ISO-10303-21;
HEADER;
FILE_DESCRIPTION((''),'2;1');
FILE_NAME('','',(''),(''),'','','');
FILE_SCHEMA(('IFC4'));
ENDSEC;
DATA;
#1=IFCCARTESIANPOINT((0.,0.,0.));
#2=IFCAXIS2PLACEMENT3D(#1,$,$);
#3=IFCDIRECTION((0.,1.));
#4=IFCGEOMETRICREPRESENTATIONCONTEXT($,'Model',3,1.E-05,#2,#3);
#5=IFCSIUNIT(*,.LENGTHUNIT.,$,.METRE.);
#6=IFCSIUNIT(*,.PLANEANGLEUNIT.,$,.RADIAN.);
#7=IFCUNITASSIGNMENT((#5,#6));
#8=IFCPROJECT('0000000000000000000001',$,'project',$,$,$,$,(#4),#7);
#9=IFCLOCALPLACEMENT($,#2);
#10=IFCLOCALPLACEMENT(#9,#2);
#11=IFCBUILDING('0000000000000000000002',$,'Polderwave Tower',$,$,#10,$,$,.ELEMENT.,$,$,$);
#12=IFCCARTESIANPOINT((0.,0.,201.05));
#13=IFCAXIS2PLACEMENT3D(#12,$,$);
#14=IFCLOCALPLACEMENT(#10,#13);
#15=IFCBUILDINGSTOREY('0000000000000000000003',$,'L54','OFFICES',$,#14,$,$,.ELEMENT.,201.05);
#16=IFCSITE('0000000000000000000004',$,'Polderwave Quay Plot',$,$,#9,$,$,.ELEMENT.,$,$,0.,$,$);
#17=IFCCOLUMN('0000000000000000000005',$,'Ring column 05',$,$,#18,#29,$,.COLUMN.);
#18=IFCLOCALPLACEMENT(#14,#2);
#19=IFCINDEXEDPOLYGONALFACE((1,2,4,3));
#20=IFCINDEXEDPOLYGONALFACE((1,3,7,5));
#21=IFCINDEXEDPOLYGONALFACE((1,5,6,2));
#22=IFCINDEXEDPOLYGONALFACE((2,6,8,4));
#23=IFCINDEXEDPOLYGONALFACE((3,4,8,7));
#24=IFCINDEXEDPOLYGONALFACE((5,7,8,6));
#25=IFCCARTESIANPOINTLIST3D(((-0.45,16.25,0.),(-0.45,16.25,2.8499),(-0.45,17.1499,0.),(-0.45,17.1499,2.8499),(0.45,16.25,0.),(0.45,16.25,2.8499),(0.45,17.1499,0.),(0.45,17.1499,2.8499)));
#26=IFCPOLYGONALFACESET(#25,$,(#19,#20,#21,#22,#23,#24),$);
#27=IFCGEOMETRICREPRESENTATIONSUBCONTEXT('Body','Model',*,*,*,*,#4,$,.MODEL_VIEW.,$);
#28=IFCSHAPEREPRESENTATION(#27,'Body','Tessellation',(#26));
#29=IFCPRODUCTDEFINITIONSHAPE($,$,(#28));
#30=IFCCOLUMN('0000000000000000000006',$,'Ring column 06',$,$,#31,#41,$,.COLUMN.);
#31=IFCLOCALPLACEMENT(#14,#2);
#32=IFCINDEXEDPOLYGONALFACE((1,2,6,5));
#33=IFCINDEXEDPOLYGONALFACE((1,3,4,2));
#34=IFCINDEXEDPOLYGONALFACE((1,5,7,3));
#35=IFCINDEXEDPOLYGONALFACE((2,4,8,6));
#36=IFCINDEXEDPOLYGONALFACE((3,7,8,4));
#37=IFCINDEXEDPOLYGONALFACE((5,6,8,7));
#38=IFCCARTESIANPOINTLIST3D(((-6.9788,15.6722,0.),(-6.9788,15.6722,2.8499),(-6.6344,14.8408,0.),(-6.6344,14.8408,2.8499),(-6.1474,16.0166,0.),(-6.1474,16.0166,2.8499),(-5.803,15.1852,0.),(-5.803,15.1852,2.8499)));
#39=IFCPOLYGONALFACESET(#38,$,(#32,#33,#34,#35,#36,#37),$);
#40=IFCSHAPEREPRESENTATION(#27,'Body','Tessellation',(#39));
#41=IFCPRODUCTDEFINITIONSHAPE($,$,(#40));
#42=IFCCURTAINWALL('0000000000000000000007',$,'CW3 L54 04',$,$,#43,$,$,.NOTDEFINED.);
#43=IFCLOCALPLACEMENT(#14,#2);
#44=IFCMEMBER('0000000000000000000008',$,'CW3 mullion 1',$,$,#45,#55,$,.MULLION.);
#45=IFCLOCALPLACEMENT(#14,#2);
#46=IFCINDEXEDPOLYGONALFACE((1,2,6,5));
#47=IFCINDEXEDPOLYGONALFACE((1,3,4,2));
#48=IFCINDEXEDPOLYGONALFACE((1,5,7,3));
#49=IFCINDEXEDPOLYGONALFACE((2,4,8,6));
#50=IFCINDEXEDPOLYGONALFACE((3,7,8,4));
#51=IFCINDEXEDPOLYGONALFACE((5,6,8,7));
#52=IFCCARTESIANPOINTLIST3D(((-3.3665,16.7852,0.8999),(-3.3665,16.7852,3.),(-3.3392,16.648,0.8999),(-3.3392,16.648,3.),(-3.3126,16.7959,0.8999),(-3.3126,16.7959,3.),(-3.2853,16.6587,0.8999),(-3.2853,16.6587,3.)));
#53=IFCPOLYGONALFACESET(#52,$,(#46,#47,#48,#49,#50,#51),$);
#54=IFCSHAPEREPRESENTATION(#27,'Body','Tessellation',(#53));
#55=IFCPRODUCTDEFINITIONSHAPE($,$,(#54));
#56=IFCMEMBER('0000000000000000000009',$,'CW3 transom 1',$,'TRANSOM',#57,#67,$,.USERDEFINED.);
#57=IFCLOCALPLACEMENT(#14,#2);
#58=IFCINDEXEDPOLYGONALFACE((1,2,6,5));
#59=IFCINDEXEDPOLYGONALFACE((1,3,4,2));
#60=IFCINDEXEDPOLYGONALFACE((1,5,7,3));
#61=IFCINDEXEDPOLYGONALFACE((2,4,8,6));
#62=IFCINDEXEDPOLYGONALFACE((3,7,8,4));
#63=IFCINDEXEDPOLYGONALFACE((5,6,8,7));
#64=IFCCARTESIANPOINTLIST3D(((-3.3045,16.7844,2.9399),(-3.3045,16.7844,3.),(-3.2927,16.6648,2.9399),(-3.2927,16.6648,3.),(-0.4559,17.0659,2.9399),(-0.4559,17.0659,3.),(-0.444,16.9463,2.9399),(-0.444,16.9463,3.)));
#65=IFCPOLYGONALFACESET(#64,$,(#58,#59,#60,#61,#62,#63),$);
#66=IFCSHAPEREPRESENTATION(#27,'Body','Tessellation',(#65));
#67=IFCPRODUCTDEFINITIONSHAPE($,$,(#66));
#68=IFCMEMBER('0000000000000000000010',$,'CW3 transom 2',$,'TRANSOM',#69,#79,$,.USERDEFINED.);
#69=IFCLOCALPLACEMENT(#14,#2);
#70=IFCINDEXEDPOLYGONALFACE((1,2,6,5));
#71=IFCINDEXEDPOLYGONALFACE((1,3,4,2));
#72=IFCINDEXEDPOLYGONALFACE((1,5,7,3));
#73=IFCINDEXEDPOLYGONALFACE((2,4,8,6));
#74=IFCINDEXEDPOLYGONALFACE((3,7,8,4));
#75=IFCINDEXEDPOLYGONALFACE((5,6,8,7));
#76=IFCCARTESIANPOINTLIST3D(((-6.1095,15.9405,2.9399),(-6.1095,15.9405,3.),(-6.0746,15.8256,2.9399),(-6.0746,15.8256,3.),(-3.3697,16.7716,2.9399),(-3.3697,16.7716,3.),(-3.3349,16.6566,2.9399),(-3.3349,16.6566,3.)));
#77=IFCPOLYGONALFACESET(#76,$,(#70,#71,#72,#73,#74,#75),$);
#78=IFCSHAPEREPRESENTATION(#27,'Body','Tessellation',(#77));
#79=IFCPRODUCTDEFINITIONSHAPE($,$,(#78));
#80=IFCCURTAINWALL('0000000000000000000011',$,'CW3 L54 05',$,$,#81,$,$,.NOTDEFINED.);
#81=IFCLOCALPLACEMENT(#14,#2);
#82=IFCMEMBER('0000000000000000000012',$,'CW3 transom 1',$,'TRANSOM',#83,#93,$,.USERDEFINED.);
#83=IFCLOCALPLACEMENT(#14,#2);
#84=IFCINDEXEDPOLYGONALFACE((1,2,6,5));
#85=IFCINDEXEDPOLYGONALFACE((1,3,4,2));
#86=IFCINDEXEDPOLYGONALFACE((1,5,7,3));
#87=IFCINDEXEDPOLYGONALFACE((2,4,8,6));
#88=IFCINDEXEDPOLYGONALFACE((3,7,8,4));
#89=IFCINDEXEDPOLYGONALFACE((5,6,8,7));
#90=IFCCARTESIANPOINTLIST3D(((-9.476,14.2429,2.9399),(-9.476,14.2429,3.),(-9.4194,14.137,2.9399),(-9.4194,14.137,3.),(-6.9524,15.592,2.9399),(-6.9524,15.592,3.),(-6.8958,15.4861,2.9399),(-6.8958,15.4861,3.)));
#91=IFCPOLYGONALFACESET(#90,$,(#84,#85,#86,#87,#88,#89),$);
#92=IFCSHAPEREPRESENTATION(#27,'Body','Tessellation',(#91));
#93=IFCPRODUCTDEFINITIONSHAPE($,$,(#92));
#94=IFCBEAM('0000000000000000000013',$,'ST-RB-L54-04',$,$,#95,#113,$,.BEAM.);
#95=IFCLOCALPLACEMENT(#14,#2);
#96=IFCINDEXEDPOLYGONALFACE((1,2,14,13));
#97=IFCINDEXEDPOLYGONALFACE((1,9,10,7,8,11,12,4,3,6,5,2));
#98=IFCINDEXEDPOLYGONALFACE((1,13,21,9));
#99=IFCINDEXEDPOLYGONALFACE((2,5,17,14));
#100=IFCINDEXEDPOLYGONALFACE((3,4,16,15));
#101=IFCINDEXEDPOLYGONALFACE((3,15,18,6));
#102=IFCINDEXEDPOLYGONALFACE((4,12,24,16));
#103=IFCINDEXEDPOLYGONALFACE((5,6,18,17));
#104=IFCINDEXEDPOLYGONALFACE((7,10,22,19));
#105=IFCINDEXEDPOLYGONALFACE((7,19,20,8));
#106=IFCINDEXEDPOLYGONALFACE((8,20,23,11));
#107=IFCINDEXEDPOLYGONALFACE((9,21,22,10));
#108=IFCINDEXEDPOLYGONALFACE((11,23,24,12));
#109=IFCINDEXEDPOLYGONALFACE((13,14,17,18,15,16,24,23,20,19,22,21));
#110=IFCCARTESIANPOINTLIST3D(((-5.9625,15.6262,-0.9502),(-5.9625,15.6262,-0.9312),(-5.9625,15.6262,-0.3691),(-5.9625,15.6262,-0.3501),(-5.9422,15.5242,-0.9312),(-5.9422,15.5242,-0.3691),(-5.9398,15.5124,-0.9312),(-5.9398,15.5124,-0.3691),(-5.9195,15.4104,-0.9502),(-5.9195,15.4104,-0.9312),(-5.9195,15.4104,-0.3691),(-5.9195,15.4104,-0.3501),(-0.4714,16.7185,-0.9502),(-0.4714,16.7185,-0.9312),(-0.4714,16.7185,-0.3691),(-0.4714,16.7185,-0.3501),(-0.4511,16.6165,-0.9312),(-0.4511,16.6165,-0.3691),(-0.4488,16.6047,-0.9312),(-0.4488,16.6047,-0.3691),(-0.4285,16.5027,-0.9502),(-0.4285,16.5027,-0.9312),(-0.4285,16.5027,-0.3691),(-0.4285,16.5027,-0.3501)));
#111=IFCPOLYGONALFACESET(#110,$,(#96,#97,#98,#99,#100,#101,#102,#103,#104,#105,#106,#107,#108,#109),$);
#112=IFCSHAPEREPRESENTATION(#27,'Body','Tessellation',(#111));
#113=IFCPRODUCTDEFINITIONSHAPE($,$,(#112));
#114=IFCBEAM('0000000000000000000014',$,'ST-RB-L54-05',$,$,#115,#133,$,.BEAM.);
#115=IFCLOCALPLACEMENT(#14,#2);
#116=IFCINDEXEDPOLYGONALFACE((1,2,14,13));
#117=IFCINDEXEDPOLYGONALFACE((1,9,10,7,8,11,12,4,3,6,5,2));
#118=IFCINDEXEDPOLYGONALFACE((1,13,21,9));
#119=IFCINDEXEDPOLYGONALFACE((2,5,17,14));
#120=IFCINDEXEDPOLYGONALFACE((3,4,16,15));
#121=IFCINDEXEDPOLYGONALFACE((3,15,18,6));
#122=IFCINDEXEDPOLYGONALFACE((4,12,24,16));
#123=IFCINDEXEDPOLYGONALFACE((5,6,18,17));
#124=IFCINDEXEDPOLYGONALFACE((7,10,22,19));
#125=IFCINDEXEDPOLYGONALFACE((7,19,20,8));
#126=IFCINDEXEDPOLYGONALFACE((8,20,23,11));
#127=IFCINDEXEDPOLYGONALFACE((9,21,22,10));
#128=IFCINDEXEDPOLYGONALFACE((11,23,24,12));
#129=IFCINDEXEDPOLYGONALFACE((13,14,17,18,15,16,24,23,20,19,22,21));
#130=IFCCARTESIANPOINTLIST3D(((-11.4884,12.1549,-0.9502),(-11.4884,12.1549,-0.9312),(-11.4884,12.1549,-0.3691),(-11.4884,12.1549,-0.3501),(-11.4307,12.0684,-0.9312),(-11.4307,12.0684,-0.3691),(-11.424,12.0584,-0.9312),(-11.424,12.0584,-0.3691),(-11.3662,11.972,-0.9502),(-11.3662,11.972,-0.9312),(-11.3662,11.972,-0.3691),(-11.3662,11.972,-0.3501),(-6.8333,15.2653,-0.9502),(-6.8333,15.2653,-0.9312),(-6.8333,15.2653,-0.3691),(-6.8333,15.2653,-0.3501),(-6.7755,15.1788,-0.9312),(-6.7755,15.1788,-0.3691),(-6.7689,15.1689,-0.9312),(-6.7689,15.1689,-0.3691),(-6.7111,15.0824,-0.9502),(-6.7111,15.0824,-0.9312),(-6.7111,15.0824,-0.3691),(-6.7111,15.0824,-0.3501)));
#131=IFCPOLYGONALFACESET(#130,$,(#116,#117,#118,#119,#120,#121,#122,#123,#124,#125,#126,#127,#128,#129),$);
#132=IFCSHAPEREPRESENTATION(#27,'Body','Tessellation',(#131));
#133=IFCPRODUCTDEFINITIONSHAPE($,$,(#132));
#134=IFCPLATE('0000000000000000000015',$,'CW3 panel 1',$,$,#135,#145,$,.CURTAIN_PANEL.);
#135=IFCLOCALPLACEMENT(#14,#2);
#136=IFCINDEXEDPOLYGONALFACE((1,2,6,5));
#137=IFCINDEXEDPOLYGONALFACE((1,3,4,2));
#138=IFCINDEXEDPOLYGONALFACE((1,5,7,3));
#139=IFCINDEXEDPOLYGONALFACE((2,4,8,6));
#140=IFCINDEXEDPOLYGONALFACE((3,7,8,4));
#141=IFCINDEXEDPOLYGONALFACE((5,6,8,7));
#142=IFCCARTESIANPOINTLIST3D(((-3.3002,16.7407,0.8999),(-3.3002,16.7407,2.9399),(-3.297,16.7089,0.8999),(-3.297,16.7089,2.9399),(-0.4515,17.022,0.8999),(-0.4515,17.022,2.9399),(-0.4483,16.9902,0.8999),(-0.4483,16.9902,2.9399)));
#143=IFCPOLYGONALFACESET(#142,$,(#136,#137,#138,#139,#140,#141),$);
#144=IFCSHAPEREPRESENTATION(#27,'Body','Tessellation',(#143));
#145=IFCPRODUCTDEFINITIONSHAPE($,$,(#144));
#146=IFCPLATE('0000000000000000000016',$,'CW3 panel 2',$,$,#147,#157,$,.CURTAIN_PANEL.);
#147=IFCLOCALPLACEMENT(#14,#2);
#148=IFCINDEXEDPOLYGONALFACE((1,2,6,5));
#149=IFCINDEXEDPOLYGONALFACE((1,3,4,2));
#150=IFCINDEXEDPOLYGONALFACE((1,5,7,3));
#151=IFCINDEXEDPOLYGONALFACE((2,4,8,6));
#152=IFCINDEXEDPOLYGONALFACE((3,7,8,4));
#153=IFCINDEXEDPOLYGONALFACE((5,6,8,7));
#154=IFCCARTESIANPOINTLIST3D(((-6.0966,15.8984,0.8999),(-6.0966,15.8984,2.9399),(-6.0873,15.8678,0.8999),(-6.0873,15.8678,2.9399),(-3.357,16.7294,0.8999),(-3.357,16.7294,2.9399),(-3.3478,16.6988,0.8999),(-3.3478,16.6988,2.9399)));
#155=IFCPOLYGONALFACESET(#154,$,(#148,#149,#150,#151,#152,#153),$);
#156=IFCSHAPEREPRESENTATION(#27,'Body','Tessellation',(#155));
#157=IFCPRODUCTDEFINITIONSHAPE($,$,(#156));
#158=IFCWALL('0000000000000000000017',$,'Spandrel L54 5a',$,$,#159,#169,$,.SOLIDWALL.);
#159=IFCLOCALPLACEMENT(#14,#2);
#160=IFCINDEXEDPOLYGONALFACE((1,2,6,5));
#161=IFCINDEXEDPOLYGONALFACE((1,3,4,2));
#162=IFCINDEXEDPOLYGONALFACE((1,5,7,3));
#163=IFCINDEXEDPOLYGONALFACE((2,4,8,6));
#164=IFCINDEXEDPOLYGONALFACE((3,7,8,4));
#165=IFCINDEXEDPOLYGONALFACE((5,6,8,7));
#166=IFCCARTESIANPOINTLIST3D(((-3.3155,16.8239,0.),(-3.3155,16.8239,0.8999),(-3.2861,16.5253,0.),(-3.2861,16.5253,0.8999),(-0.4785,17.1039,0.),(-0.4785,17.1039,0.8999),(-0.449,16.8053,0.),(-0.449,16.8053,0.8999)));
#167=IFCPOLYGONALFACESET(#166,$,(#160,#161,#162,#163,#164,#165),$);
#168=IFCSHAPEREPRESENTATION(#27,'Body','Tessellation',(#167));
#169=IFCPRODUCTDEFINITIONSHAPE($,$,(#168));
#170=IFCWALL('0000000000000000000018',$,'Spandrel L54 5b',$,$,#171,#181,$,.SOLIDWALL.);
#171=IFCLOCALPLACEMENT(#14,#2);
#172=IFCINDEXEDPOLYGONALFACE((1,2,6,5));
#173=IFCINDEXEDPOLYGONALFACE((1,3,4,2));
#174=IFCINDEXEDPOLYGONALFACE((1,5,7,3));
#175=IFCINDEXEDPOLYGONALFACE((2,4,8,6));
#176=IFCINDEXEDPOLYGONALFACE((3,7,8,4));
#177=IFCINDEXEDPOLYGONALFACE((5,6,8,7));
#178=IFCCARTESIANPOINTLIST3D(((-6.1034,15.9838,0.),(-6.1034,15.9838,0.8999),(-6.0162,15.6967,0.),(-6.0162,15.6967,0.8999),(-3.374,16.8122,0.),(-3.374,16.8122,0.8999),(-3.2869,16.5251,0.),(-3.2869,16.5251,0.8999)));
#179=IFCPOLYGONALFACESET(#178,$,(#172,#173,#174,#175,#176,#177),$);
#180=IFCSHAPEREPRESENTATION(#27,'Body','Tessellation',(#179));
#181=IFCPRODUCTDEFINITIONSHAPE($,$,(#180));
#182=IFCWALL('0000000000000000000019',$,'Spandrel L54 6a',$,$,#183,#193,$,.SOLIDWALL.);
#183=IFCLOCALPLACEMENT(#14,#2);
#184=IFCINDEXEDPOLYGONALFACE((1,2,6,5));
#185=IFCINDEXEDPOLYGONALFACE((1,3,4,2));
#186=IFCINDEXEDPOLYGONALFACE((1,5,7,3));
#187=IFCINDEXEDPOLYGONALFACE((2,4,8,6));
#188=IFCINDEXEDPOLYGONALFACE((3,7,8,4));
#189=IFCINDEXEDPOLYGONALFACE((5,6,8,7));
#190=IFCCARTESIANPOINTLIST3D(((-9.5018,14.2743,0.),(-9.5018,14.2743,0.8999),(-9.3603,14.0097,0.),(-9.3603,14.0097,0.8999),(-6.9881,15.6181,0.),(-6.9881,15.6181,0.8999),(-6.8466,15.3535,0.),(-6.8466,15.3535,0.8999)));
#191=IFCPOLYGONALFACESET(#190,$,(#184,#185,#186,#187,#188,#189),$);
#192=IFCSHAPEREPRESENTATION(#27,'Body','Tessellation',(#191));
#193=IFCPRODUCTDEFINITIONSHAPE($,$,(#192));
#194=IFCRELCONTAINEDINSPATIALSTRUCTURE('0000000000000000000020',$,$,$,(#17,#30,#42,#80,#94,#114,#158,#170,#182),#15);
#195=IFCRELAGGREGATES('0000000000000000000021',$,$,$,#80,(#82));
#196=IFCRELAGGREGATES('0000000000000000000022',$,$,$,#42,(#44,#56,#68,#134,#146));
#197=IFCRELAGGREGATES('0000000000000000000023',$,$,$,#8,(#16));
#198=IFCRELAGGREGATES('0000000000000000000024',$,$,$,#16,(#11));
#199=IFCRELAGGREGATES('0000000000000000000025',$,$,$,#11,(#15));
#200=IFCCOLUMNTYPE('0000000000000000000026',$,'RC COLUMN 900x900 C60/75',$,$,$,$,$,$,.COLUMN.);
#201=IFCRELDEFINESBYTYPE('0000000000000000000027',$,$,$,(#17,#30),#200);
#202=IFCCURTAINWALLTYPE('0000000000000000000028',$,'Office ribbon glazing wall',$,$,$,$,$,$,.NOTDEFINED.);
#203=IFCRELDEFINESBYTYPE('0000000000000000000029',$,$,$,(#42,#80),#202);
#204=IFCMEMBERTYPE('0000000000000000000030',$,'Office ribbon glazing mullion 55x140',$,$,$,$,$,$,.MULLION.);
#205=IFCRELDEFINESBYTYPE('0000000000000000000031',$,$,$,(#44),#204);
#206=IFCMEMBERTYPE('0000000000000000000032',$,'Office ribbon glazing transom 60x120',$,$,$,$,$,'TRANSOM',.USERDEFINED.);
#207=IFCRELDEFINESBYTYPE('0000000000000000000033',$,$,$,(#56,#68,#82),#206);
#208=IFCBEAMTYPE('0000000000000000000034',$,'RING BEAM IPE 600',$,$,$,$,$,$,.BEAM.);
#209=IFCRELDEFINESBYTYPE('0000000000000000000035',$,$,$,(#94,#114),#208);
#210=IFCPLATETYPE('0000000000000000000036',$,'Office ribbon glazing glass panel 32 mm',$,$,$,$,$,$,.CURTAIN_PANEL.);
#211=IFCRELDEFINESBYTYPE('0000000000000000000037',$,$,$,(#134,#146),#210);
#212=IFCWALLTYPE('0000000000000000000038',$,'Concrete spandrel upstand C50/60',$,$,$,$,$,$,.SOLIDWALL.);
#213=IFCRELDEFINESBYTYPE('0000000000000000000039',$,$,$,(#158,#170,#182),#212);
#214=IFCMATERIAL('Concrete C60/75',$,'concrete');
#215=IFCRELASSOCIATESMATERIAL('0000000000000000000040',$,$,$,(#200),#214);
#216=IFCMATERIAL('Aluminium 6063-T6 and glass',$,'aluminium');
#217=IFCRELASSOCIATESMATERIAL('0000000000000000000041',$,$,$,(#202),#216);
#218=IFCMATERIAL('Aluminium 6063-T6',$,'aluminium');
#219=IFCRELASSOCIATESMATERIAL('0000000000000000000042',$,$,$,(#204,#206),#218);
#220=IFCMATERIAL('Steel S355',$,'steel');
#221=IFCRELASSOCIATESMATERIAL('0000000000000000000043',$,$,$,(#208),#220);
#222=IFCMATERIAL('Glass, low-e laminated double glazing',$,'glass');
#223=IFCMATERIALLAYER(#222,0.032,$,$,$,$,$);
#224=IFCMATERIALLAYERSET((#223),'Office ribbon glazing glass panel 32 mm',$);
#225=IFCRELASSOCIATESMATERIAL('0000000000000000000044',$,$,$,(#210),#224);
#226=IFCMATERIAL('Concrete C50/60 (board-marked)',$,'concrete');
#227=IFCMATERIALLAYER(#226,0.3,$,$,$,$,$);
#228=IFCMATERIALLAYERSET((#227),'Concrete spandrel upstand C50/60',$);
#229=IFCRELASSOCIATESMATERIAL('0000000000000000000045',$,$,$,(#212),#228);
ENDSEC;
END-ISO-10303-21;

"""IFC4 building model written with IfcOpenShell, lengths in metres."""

from ifc_helpers import new_model, si_unit, direction, frame, frame_2d, origin, origin_2d, place, context, subcontext, project, spatial, rectangle, i_section, extrude, material, layer, layer_set, material_profile, profile_set, type_object, element, aggregate, save


model = new_model("IFC4")

# Units and contexts
model_context = context("Model", 3, precision=1e-05, world=origin(), true_north=direction((0.0, 1.0)))
body_context = subcontext(model_context, "Body", "Model", "MODEL_VIEW")
ifc_project = project(units=[si_unit("LENGTHUNIT", "METRE"), si_unit("PLANEANGLEUNIT", "RADIAN")], contexts=[model_context])

# Site, building, storey
site_placement = place(None, origin())
site = spatial("IfcSite", under=ifc_project, at=site_placement, Name="Polderwave Quay Plot", CompositionType="ELEMENT", RefElevation=0.0)
building_placement = place(site_placement, origin())
building = spatial("IfcBuilding", under=site, at=building_placement, Name="Polderwave Tower", CompositionType="ELEMENT")
storey_placement = place(building_placement, frame((0.0, 0.0, 201.05)))
storey = spatial("IfcBuildingStorey", under=building, at=storey_placement, Name="L54", Description="OFFICES", CompositionType="ELEMENT", Elevation=201.05)

# Columns
ifc_material_1 = material(Name="Concrete C60/75", Category="concrete")
ifc_material_profile_1 = material_profile(ifc_material_1, rectangle(XDim=0.8999, YDim=0.8999, at=origin_2d()), Name="RC 900x900")
ifc_profile_set_1 = profile_set([ifc_material_profile_1], Name="Concrete C60/75")
column_type = type_object("IfcColumnType", Name="RC COLUMN 900x900 C60/75", PredefinedType="COLUMN", material=ifc_profile_set_1)
for number, where, z_axis, x_axis, name in (
    (1, (0.0, 16.7, 0.0), (0.0, 0.0, 1.0), (0.0, 1.0, 0.0), "Ring column 05"),
    (2, (-6.3909, 15.4287, 0.0), (0.0, 0.0, 1.0), (-0.382683, 0.92388, 0.0), "Ring column 06"),
):
    element("IfcColumn", number, at=place(storey_placement, frame(where, z_axis=z_axis, x_axis=x_axis)), inside=storey, type_object=column_type, Name=name, PredefinedType="COLUMN", context=body_context, shape_type="SweptSolid", body=[
        extrude(rectangle(XDim=0.8999, YDim=0.8999, at=origin_2d()), origin(), (0.0, 0.0, 1.0), 2.8499),
    ])

# Curtain wall, members
ifc_material_2 = material(Name="Aluminium 6063-T6 and glass", Category="aluminium")
curtain_wall_type = type_object("IfcCurtainWallType", Name="Office ribbon glazing wall", PredefinedType="NOTDEFINED", material=ifc_material_2)
curtain_wall_1_placement = place(storey_placement, origin())
curtain_wall_1 = element("IfcCurtainWall", 3, at=curtain_wall_1_placement, inside=storey, type_object=curtain_wall_type, Name="CW3 L54 04", PredefinedType="NOTDEFINED")
ifc_material_3 = material(Name="Aluminium 6063-T6", Category="aluminium")
ifc_material_profile_2 = material_profile(ifc_material_3, rectangle(XDim=0.1399, YDim=0.0549, at=origin_2d()), Name="AL 55x140")
ifc_profile_set_2 = profile_set([ifc_material_profile_2], Name="Aluminium 6063-T6")
member_type_1 = type_object("IfcMemberType", Name="Office ribbon glazing mullion 55x140", PredefinedType="MULLION", material=ifc_profile_set_2)
member_1_placement = place(storey_placement, frame((-3.3259, 16.7219, 0.8999), z_axis=(0.0, 0.0, 1.0), x_axis=(0.195205, -0.980762, 0.0)))
member_1 = element("IfcMember", 4, at=member_1_placement, type_object=member_type_1, Name="CW3 mullion 1", PredefinedType="MULLION", context=body_context, shape_type="SweptSolid", body=[
    extrude(rectangle(XDim=0.1399, YDim=0.0549, at=origin_2d()), origin(), (0.0, 0.0, 1.0), 2.1001),
])
ifc_material_profile_3 = material_profile(ifc_material_3, rectangle(XDim=0.1201, YDim=0.0601, at=origin_2d()), Name="AL 60x120")
ifc_profile_set_3 = profile_set([ifc_material_profile_3], Name="Aluminium 6063-T6")
member_type_2 = type_object("IfcMemberType", Name="Office ribbon glazing transom 60x120", ElementType="TRANSOM", PredefinedType="USERDEFINED", material=ifc_profile_set_3)
member_2_placement = place(storey_placement, frame((-0.45, 17.0061, 2.97), z_axis=(-0.995153, -0.098338, 0.0), x_axis=(0.098338, -0.995153, 0.0)))
member_2 = element("IfcMember", 5, at=member_2_placement, type_object=member_type_2, Name="CW3 transom 1", ObjectType="TRANSOM", PredefinedType="USERDEFINED", context=body_context, shape_type="SweptSolid", body=[
    extrude(rectangle(XDim=0.1201, YDim=0.0601, at=origin_2d()), origin(), (0.0, 0.0, 1.0), 2.8625),
])
member_3_placement = place(storey_placement, frame((-3.3523, 16.7141, 2.97), z_axis=(-0.956944, -0.290272, 0.0), x_axis=(0.290272, -0.956944, 0.0)))
member_3 = element("IfcMember", 6, at=member_3_placement, type_object=member_type_2, Name="CW3 transom 2", ObjectType="TRANSOM", PredefinedType="USERDEFINED", context=body_context, shape_type="SweptSolid", body=[
    extrude(rectangle(XDim=0.1201, YDim=0.0601, at=origin_2d()), origin(), (0.0, 0.0, 1.0), 2.863),
])

# Curtain wall, member
curtain_wall_2_placement = place(storey_placement, origin())
curtain_wall_2 = element("IfcCurtainWall", 7, at=curtain_wall_2_placement, inside=storey, type_object=curtain_wall_type, Name="CW3 L54 05", PredefinedType="NOTDEFINED")
member_4_placement = place(storey_placement, frame((-6.9241, 15.5391, 2.97), z_axis=(-0.881894, -0.471447, 0.0), x_axis=(0.471447, -0.881894, 0.0)))
member_4 = element("IfcMember", 8, at=member_4_placement, type_object=member_type_2, Name="CW3 transom 1", ObjectType="TRANSOM", PredefinedType="USERDEFINED", context=body_context, shape_type="SweptSolid", body=[
    extrude(rectangle(XDim=0.1201, YDim=0.0601, at=origin_2d()), origin(), (0.0, 0.0, 1.0), 2.8616),
])
aggregate(curtain_wall_2, [member_4])

# Beams
ifc_material_4 = material(Name="Steel S355", Category="steel")
ifc_material_profile_4 = material_profile(ifc_material_4, i_section(OverallWidth=0.22, OverallDepth=0.6001, WebThickness=0.012, FlangeThickness=0.019, at=origin_2d()), Name="IPE 600")
ifc_profile_set_4 = profile_set([ifc_material_profile_4], Name="Steel S355")
beam_type = type_object("IfcBeamType", Name="RING BEAM IPE 600", PredefinedType="BEAM", material=ifc_profile_set_4)
for number, where, z_axis, x_axis, name in (
    (9, (-0.45, 16.6106, -0.6501), (-0.980783, -0.195101, 0.0), (0.195101, -0.980783, 0.0), "ST-RB-L54-04"),
    (10, (-6.7722, 15.1738, -0.6501), (-0.831473, -0.555565, 0.0), (0.555565, -0.831473, 0.0), "ST-RB-L54-05"),
):
    element("IfcBeam", number, at=place(storey_placement, frame(where, z_axis=z_axis, x_axis=x_axis)), inside=storey, type_object=beam_type, Name=name, PredefinedType="BEAM", context=body_context, shape_type="SweptSolid", body=[
        extrude(i_section(OverallWidth=0.22, OverallDepth=0.6001, WebThickness=0.012, FlangeThickness=0.019, at=origin_2d()), origin(), (0.0, 0.0, 1.0), 5.5986),
    ])

# Plates
ifc_material_5 = material(Name="Glass, low-e laminated double glazing", Category="glass")
ifc_layer_1 = layer(ifc_material_5, 0.032)
ifc_layer_set_1 = layer_set([ifc_layer_1], Name="Office ribbon glazing glass panel 32 mm")
plate_type = type_object("IfcPlateType", Name="Office ribbon glazing glass panel 32 mm", PredefinedType="CURTAIN_PANEL", material=ifc_layer_set_1)
plate_1_placement = place(storey_placement, frame((-1.8743, 16.8655, 0.8999), z_axis=(0.0, 0.0, 1.0), x_axis=(-0.99516, -0.098271, 0.0)))
plate_1 = element("IfcPlate", 11, at=plate_1_placement, type_object=plate_type, Name="CW3 panel 1", PredefinedType="CURTAIN_PANEL", context=body_context, shape_type="SweptSolid", body=[
    extrude(rectangle(XDim=2.8625, YDim=0.032, at=origin_2d()), origin(), (0.0, 0.0, 1.0), 2.04),
])
plate_2_placement = place(storey_placement, frame((-4.7222, 16.2986, 0.8999), z_axis=(0.0, 0.0, 1.0), x_axis=(-0.956946, -0.290266, 0.0)))
plate_2 = element("IfcPlate", 12, at=plate_2_placement, type_object=plate_type, Name="CW3 panel 2", PredefinedType="CURTAIN_PANEL", context=body_context, shape_type="SweptSolid", body=[
    extrude(rectangle(XDim=2.8628, YDim=0.032, at=origin_2d()), origin(), (0.0, 0.0, 1.0), 2.04),
])
aggregate(curtain_wall_1, [member_1, member_2, member_3, plate_1, plate_2])

# Walls
ifc_material_6 = material(Name="Concrete C50/60 (board-marked)", Category="concrete")
ifc_layer_2 = layer(ifc_material_6, 0.3)
ifc_layer_set_2 = layer_set([ifc_layer_2], Name="Concrete spandrel upstand C50/60")
wall_type_1 = type_object("IfcWallType", Name="Concrete spandrel upstand C50/60", PredefinedType="SOLIDWALL", material=ifc_layer_set_2)
wall_1_placement = place(storey_placement, frame((-0.4639, 16.9546, 0.0), z_axis=(0.0, 0.0, 1.0), x_axis=(-0.995164, -0.098223, 0.0)))
element("IfcWall", 13, at=wall_1_placement, inside=storey, type_object=wall_type_1, Name="Spandrel L54 5a", PredefinedType="SOLIDWALL", context=body_context, shape_type="SweptSolid", body=[
    extrude(rectangle(XDim=2.8508, YDim=0.3, at=frame_2d((1.4253, 0.0))), origin(), (0.0, 0.0, 1.0), 0.8999),
])
wall_2_placement = place(storey_placement, frame((-3.3303, 16.6687, 0.0), z_axis=(0.0, 0.0, 1.0), x_axis=(-0.956895, -0.290433, 0.0)))
element("IfcWall", 14, at=wall_2_placement, inside=storey, type_object=wall_type_1, Name="Spandrel L54 5b", PredefinedType="SOLIDWALL", context=body_context, shape_type="SweptSolid", body=[
    extrude(rectangle(XDim=2.8523, YDim=0.3, at=frame_2d((1.4263, 0.0))), origin(), (0.0, 0.0, 1.0), 0.8999),
])
wall_3_placement = place(storey_placement, frame((-6.9172, 15.4858, 0.0), z_axis=(0.0, 0.0, 1.0), x_axis=(-0.881897, -0.471442, 0.0)))
element("IfcWall", 15, at=wall_3_placement, inside=storey, type_object=wall_type_1, Name="Spandrel L54 6a", PredefinedType="SOLIDWALL", context=body_context, shape_type="SweptSolid", body=[
    extrude(rectangle(XDim=2.8503, YDim=0.3, at=frame_2d((1.4253, 0.0))), origin(), (0.0, 0.0, 1.0), 0.8999),
])

save(model, "model.ifc")
